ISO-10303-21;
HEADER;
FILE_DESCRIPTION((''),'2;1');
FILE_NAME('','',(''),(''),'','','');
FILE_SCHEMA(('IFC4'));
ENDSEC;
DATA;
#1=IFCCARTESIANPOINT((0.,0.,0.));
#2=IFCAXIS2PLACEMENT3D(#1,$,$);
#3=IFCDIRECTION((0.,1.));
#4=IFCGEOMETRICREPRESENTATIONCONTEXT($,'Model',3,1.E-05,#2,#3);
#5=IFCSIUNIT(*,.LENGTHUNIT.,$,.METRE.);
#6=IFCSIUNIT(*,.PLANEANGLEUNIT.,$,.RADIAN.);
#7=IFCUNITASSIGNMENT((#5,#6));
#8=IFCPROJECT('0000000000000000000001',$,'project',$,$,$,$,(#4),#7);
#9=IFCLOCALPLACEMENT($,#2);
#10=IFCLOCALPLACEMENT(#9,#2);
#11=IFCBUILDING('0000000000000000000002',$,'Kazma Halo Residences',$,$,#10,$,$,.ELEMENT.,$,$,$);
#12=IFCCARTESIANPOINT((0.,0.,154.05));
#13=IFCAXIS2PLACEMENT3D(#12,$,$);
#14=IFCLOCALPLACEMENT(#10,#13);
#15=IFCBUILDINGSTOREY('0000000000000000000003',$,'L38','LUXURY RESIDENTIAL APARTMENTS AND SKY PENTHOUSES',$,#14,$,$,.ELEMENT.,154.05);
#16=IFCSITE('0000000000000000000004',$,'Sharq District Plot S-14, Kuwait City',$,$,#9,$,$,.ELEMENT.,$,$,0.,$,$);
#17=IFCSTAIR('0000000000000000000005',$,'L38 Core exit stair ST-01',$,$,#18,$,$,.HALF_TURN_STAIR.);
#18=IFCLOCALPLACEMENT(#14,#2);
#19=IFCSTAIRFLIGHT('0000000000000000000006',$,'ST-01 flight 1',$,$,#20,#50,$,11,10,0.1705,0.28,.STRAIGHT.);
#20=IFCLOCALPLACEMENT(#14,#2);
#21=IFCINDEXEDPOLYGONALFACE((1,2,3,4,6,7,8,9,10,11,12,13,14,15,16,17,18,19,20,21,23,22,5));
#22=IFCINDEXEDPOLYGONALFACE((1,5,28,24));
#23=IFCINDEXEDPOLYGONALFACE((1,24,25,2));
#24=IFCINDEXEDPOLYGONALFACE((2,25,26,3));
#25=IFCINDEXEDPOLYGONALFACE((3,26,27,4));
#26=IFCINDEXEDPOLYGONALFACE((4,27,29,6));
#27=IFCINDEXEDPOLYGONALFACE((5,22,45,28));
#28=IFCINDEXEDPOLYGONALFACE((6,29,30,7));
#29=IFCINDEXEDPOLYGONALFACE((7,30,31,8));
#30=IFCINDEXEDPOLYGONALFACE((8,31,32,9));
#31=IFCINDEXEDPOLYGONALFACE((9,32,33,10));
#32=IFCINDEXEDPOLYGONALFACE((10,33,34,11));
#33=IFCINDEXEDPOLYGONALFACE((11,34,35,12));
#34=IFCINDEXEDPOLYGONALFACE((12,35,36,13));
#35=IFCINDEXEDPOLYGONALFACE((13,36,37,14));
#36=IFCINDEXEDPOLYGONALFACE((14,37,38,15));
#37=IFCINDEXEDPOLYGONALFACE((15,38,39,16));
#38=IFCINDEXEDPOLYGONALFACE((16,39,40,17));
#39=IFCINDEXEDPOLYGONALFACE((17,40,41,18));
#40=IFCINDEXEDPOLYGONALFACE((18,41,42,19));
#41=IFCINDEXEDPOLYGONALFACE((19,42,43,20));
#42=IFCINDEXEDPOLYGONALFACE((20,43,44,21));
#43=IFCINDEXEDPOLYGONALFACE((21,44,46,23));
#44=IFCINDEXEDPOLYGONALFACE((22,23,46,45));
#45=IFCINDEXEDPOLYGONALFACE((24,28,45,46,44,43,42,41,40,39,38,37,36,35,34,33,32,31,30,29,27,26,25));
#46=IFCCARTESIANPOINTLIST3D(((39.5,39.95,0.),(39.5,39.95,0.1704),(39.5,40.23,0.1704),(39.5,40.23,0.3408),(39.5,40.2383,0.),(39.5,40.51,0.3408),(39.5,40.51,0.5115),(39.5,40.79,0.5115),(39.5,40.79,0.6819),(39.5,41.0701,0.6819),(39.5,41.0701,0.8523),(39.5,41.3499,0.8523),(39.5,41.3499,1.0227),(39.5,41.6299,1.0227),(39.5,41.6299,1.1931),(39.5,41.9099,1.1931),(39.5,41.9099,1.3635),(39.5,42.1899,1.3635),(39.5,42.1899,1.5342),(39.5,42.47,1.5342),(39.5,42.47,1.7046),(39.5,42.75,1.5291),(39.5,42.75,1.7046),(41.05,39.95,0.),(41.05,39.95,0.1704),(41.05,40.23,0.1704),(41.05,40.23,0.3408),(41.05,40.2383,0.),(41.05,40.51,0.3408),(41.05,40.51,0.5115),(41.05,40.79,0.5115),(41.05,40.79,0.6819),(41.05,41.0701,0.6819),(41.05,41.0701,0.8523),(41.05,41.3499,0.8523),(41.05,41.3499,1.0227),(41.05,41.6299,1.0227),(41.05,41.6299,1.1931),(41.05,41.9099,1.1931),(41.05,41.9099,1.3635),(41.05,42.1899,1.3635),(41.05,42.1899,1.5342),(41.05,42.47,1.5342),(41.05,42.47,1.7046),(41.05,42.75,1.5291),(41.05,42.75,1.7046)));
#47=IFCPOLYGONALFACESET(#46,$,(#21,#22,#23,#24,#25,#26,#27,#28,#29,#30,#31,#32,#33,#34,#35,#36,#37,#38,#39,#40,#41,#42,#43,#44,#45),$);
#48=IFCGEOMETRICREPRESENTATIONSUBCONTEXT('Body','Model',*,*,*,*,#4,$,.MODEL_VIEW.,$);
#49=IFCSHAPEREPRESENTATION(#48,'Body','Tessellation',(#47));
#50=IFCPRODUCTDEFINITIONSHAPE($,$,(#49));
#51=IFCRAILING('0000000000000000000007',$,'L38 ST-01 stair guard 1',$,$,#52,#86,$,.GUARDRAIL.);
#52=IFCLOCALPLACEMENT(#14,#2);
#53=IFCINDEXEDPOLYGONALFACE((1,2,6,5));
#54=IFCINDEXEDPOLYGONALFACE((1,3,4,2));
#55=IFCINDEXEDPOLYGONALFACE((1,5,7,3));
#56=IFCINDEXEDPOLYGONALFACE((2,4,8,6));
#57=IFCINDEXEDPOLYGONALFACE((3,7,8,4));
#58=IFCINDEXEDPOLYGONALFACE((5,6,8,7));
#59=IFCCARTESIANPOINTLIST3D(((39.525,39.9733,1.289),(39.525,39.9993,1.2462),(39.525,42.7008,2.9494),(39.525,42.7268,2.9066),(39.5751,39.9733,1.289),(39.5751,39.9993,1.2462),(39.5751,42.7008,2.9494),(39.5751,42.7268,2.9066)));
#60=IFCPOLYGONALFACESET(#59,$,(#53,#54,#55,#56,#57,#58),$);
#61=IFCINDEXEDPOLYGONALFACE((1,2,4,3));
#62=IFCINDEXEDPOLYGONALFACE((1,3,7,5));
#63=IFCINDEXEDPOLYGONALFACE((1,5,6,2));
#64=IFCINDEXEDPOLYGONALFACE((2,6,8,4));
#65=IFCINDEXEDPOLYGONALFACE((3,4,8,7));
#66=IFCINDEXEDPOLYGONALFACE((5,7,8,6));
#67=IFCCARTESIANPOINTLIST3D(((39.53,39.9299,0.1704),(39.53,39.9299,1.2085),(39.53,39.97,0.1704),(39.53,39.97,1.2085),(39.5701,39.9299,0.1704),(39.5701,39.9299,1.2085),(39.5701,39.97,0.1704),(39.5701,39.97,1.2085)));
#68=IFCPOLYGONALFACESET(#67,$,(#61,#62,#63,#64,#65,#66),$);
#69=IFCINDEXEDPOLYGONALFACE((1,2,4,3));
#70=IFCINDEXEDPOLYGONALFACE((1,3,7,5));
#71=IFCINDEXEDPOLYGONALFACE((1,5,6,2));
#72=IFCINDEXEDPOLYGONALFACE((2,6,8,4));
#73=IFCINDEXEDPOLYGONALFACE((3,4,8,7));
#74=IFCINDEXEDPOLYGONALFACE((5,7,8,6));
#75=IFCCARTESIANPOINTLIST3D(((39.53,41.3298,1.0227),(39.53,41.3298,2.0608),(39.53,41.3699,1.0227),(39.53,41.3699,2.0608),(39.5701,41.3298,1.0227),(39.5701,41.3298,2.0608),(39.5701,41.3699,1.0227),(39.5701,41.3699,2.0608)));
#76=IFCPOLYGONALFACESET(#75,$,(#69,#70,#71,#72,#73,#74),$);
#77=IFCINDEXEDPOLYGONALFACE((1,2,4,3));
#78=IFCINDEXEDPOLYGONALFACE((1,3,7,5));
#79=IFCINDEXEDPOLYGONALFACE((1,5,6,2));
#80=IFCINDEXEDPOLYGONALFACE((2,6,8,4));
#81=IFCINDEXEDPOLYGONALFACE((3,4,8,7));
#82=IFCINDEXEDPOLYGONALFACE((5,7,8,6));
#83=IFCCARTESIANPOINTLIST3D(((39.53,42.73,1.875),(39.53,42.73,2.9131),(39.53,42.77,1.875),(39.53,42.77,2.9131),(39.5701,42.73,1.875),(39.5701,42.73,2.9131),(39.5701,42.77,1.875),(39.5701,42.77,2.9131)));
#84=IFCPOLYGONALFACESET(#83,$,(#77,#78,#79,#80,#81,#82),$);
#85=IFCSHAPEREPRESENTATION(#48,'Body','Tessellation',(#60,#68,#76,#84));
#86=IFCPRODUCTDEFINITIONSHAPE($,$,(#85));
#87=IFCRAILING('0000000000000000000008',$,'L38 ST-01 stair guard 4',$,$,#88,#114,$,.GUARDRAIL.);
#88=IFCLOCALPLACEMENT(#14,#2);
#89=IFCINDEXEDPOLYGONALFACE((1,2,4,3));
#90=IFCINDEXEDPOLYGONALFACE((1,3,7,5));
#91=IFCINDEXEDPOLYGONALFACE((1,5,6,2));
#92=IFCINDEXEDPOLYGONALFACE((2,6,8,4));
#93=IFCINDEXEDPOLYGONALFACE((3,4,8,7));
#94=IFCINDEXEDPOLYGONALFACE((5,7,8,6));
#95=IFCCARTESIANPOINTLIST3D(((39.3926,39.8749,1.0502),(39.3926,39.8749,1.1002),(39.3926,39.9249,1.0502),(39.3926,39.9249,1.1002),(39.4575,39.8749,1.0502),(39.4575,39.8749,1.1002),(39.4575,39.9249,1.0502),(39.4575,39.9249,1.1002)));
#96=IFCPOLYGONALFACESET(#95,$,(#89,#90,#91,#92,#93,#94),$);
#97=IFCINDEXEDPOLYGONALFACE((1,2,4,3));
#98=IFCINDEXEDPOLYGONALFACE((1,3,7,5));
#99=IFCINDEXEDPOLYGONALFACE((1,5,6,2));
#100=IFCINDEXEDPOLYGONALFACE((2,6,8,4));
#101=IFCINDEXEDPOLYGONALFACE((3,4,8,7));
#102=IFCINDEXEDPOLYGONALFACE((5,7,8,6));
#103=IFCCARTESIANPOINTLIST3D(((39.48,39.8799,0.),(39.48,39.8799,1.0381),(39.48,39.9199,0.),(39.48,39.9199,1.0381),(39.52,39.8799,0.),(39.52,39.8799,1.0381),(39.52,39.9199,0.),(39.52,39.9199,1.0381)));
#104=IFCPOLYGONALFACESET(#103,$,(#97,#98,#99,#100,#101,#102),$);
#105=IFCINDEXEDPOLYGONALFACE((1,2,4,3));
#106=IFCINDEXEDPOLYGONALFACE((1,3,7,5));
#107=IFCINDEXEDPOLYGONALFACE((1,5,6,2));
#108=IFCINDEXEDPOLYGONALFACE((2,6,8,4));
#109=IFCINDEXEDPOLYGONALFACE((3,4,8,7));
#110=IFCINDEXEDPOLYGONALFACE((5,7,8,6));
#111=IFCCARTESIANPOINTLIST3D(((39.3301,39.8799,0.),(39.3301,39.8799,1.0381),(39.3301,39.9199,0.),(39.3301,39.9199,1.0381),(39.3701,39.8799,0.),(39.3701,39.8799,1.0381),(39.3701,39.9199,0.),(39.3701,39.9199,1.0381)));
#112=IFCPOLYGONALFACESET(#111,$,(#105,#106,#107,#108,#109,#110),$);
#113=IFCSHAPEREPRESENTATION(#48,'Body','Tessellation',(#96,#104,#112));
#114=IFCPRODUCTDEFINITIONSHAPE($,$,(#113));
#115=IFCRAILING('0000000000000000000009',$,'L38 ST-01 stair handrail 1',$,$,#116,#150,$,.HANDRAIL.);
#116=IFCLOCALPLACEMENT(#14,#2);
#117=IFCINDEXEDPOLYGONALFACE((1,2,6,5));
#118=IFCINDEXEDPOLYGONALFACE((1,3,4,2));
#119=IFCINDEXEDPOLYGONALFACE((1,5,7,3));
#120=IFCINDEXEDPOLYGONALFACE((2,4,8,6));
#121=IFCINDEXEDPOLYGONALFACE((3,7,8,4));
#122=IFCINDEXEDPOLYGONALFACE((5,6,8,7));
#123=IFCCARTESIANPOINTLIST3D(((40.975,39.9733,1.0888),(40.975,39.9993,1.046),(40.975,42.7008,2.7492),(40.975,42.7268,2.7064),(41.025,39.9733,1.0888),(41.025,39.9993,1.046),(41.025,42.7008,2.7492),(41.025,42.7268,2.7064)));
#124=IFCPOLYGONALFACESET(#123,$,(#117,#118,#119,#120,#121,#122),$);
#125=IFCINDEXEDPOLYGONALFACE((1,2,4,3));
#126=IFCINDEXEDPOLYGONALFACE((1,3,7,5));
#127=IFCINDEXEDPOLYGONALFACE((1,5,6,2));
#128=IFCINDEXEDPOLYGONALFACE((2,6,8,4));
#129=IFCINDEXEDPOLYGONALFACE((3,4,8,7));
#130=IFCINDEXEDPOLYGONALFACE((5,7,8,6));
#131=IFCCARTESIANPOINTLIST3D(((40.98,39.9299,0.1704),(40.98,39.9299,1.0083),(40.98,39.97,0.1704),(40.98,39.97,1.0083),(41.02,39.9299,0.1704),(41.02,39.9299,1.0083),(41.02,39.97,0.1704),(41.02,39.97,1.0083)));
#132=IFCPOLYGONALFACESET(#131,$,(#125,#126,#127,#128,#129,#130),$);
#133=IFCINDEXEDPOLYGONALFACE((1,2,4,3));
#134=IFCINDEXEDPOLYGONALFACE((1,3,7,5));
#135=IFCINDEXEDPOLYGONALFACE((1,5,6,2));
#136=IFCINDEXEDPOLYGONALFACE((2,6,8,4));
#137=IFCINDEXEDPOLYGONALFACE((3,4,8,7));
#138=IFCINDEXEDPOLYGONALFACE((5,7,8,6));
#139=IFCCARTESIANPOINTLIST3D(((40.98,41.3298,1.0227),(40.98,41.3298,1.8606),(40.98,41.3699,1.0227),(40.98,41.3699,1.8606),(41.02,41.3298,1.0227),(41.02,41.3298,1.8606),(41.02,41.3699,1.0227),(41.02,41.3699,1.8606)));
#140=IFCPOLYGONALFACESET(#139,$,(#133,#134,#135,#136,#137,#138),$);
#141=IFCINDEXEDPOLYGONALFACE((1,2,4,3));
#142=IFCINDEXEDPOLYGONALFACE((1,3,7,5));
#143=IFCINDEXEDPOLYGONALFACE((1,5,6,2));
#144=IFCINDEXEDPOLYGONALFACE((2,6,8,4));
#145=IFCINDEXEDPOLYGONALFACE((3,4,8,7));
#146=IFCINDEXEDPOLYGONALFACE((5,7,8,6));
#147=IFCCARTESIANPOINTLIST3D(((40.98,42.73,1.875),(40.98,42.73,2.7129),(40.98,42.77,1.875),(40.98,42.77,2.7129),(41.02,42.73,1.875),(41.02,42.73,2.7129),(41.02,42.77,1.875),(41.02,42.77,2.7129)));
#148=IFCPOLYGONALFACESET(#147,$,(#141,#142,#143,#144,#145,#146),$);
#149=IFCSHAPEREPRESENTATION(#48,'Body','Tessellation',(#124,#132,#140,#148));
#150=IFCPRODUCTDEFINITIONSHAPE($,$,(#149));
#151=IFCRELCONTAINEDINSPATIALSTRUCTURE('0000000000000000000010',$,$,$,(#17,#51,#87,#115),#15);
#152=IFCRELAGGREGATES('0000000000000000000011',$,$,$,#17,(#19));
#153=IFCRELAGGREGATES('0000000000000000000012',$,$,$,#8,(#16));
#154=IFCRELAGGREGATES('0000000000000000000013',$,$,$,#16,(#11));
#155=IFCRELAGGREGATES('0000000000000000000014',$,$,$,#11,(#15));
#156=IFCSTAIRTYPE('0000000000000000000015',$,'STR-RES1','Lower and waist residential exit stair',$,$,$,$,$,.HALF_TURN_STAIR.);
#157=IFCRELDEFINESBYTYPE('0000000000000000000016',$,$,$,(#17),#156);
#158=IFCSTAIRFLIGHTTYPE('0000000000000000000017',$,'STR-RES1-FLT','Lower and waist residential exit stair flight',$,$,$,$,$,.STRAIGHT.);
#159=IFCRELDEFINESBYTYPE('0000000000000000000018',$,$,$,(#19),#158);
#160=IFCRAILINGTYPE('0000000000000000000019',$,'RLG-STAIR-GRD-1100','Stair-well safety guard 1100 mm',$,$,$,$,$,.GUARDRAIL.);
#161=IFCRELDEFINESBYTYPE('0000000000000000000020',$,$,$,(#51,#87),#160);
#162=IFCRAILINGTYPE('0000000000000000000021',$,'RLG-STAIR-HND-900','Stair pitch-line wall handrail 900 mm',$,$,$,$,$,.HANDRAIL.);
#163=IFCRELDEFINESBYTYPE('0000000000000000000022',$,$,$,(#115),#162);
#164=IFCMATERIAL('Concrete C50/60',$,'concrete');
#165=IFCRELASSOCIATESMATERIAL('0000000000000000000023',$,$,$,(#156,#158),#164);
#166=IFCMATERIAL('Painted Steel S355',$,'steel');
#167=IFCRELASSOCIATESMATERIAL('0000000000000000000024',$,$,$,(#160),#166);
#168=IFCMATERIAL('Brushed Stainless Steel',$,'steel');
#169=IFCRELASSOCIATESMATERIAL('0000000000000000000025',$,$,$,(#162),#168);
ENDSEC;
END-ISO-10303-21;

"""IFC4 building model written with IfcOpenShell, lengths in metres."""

from ifc_helpers import new_model, si_unit, direction, frame, origin, origin_2d, place, context, subcontext, project, spatial, polyline, rectangle, outline, extrude, material, type_object, element, aggregate, save


model = new_model("IFC4")

# Units and contexts
model_context = context("Model", 3, precision=1e-05, world=origin(), true_north=direction((0.0, 1.0)))
body_context = subcontext(model_context, "Body", "Model", "MODEL_VIEW")
ifc_project = project(units=[si_unit("LENGTHUNIT", "METRE"), si_unit("PLANEANGLEUNIT", "RADIAN")], contexts=[model_context])

# Site, building, storey
site_placement = place(None, origin())
site = spatial("IfcSite", under=ifc_project, at=site_placement, Name="Sharq District Plot S-14, Kuwait City", CompositionType="ELEMENT", RefElevation=0.0)
building_placement = place(site_placement, origin())
building = spatial("IfcBuilding", under=site, at=building_placement, Name="Kazma Halo Residences", CompositionType="ELEMENT")
storey_placement = place(building_placement, frame((0.0, 0.0, 154.05)))
storey = spatial("IfcBuildingStorey", under=building, at=storey_placement, Name="L38", Description="LUXURY RESIDENTIAL APARTMENTS AND SKY PENTHOUSES", CompositionType="ELEMENT", Elevation=154.05)

# Shared definitions
ifc_material_1 = material(Name="Concrete C50/60", Category="concrete")

# Stair, stair flight
stair_type = type_object("IfcStairType", Name="STR-RES1", Description="Lower and waist residential exit stair", PredefinedType="HALF_TURN_STAIR", material=ifc_material_1)
stair_placement = place(storey_placement, origin())
stair = element("IfcStair", 1, at=stair_placement, inside=storey, type_object=stair_type, Name="L38 Core exit stair ST-01", PredefinedType="HALF_TURN_STAIR")
stair_flight_type = type_object("IfcStairFlightType", Name="STR-RES1-FLT", Description="Lower and waist residential exit stair flight", PredefinedType="STRAIGHT", material=ifc_material_1)
stair_flight_placement = place(storey_placement, frame((40.2749, 39.95, 0.0), z_axis=(0.0, 0.0, 1.0), x_axis=(0.0, 1.0, 0.0)))
stair_flight = element("IfcStairFlight", 2, at=stair_flight_placement, type_object=stair_flight_type, Name="ST-01 flight 1", NumberOfRisers=11, NumberOfTreads=10, PredefinedType="STRAIGHT", RiserHeight=0.1705, TreadLength=0.28, context=body_context, shape_type="SweptSolid", body=[
    extrude(outline(polyline([(0.0, 0.0), (0.0, 0.1704), (0.28, 0.1704), (0.28, 0.3408), (0.5601, 0.3408), (0.5601, 0.5115), (0.8401, 0.5115), (0.8401, 0.6819), (1.1201, 0.6819), (1.1201, 0.8523), (1.3999, 0.8523), (1.3999, 1.0227), (1.6799, 1.0227), (1.6799, 1.1931), (1.96, 1.1931), (1.96, 1.3635), (2.24, 1.3635), (2.24, 1.5342), (2.52, 1.5342), (2.52, 1.7046), (2.8, 1.7046), (2.8, 1.875), (2.8, 1.5291), (0.2883, 0.0), (0.0, 0.0)])), frame((0.0, 0.7749, 0.0), z_axis=(0.0, -1.0, 0.0), x_axis=(1.0, 0.0, 0.0)), (0.0, 0.0, 1.0), 1.55),
])
aggregate(stair, [stair_flight])

# Railings
ifc_material_2 = material(Name="Painted Steel S355", Category="steel")
railing_type_1 = type_object("IfcRailingType", Name="RLG-STAIR-GRD-1100", Description="Stair-well safety guard 1100 mm", PredefinedType="GUARDRAIL", material=ifc_material_2)
railing_1_placement = place(storey_placement, frame((39.55, 39.95, 0.1704)))
element("IfcRailing", 3, at=railing_1_placement, inside=storey, type_object=railing_type_1, Name="L38 ST-01 stair guard 1", PredefinedType="GUARDRAIL", context=body_context, shape_type="SweptSolid", body=[
    extrude(rectangle(XDim=0.05, YDim=0.05, at=origin_2d()), frame((0.0, 0.0364, 1.0972), z_axis=(0.0, 0.85417, 0.519994), x_axis=(-1.0, 0.0, 0.0)), (0.0, 0.0, 1.0), 3.1931),
    extrude(rectangle(XDim=0.04, YDim=0.04, at=origin_2d()), origin(), (0.0, 0.0, 1.0), 1.0381),
    extrude(rectangle(XDim=0.04, YDim=0.04, at=origin_2d()), frame((0.0, 1.3999, 0.8523)), (0.0, 0.0, 1.0), 1.0381),
    extrude(rectangle(XDim=0.04, YDim=0.04, at=origin_2d()), frame((0.0, 2.8, 1.7046)), (0.0, 0.0, 1.0), 1.0381),
])
railing_2_placement = place(storey_placement, frame((39.5, 39.8999, 0.0)))
element("IfcRailing", 4, at=railing_2_placement, inside=storey, type_object=railing_type_1, Name="L38 ST-01 stair guard 4", PredefinedType="GUARDRAIL", context=body_context, shape_type="SweptSolid", body=[
    extrude(rectangle(XDim=0.05, YDim=0.05, at=origin_2d()), frame((-0.0425, 0.0, 1.0752), z_axis=(-1.0, 0.0, 0.0), x_axis=(0.0, -1.0, 0.0)), (0.0, 0.0, 1.0), 0.0649),
    extrude(rectangle(XDim=0.04, YDim=0.04, at=origin_2d()), origin(), (0.0, 0.0, 1.0), 1.0381),
    extrude(rectangle(XDim=0.04, YDim=0.04, at=origin_2d()), frame((-0.1499, 0.0, 0.0)), (0.0, 0.0, 1.0), 1.0381),
])
ifc_material_3 = material(Name="Brushed Stainless Steel", Category="steel")
railing_type_2 = type_object("IfcRailingType", Name="RLG-STAIR-HND-900", Description="Stair pitch-line wall handrail 900 mm", PredefinedType="HANDRAIL", material=ifc_material_3)
railing_3_placement = place(storey_placement, frame((41.0, 39.95, 0.1704)))
element("IfcRailing", 5, at=railing_3_placement, inside=storey, type_object=railing_type_2, Name="L38 ST-01 stair handrail 1", PredefinedType="HANDRAIL", context=body_context, shape_type="SweptSolid", body=[
    extrude(rectangle(XDim=0.05, YDim=0.05, at=origin_2d()), frame((0.0, 0.0364, 0.897), z_axis=(0.0, 0.85417, 0.519994), x_axis=(-1.0, 0.0, 0.0)), (0.0, 0.0, 1.0), 3.1931),
    extrude(rectangle(XDim=0.04, YDim=0.04, at=origin_2d()), origin(), (0.0, 0.0, 1.0), 0.8379),
    extrude(rectangle(XDim=0.04, YDim=0.04, at=origin_2d()), frame((0.0, 1.3999, 0.8523)), (0.0, 0.0, 1.0), 0.8379),
    extrude(rectangle(XDim=0.04, YDim=0.04, at=origin_2d()), frame((0.0, 2.8, 1.7046)), (0.0, 0.0, 1.0), 0.8379),
])

save(model, "model.ifc")
